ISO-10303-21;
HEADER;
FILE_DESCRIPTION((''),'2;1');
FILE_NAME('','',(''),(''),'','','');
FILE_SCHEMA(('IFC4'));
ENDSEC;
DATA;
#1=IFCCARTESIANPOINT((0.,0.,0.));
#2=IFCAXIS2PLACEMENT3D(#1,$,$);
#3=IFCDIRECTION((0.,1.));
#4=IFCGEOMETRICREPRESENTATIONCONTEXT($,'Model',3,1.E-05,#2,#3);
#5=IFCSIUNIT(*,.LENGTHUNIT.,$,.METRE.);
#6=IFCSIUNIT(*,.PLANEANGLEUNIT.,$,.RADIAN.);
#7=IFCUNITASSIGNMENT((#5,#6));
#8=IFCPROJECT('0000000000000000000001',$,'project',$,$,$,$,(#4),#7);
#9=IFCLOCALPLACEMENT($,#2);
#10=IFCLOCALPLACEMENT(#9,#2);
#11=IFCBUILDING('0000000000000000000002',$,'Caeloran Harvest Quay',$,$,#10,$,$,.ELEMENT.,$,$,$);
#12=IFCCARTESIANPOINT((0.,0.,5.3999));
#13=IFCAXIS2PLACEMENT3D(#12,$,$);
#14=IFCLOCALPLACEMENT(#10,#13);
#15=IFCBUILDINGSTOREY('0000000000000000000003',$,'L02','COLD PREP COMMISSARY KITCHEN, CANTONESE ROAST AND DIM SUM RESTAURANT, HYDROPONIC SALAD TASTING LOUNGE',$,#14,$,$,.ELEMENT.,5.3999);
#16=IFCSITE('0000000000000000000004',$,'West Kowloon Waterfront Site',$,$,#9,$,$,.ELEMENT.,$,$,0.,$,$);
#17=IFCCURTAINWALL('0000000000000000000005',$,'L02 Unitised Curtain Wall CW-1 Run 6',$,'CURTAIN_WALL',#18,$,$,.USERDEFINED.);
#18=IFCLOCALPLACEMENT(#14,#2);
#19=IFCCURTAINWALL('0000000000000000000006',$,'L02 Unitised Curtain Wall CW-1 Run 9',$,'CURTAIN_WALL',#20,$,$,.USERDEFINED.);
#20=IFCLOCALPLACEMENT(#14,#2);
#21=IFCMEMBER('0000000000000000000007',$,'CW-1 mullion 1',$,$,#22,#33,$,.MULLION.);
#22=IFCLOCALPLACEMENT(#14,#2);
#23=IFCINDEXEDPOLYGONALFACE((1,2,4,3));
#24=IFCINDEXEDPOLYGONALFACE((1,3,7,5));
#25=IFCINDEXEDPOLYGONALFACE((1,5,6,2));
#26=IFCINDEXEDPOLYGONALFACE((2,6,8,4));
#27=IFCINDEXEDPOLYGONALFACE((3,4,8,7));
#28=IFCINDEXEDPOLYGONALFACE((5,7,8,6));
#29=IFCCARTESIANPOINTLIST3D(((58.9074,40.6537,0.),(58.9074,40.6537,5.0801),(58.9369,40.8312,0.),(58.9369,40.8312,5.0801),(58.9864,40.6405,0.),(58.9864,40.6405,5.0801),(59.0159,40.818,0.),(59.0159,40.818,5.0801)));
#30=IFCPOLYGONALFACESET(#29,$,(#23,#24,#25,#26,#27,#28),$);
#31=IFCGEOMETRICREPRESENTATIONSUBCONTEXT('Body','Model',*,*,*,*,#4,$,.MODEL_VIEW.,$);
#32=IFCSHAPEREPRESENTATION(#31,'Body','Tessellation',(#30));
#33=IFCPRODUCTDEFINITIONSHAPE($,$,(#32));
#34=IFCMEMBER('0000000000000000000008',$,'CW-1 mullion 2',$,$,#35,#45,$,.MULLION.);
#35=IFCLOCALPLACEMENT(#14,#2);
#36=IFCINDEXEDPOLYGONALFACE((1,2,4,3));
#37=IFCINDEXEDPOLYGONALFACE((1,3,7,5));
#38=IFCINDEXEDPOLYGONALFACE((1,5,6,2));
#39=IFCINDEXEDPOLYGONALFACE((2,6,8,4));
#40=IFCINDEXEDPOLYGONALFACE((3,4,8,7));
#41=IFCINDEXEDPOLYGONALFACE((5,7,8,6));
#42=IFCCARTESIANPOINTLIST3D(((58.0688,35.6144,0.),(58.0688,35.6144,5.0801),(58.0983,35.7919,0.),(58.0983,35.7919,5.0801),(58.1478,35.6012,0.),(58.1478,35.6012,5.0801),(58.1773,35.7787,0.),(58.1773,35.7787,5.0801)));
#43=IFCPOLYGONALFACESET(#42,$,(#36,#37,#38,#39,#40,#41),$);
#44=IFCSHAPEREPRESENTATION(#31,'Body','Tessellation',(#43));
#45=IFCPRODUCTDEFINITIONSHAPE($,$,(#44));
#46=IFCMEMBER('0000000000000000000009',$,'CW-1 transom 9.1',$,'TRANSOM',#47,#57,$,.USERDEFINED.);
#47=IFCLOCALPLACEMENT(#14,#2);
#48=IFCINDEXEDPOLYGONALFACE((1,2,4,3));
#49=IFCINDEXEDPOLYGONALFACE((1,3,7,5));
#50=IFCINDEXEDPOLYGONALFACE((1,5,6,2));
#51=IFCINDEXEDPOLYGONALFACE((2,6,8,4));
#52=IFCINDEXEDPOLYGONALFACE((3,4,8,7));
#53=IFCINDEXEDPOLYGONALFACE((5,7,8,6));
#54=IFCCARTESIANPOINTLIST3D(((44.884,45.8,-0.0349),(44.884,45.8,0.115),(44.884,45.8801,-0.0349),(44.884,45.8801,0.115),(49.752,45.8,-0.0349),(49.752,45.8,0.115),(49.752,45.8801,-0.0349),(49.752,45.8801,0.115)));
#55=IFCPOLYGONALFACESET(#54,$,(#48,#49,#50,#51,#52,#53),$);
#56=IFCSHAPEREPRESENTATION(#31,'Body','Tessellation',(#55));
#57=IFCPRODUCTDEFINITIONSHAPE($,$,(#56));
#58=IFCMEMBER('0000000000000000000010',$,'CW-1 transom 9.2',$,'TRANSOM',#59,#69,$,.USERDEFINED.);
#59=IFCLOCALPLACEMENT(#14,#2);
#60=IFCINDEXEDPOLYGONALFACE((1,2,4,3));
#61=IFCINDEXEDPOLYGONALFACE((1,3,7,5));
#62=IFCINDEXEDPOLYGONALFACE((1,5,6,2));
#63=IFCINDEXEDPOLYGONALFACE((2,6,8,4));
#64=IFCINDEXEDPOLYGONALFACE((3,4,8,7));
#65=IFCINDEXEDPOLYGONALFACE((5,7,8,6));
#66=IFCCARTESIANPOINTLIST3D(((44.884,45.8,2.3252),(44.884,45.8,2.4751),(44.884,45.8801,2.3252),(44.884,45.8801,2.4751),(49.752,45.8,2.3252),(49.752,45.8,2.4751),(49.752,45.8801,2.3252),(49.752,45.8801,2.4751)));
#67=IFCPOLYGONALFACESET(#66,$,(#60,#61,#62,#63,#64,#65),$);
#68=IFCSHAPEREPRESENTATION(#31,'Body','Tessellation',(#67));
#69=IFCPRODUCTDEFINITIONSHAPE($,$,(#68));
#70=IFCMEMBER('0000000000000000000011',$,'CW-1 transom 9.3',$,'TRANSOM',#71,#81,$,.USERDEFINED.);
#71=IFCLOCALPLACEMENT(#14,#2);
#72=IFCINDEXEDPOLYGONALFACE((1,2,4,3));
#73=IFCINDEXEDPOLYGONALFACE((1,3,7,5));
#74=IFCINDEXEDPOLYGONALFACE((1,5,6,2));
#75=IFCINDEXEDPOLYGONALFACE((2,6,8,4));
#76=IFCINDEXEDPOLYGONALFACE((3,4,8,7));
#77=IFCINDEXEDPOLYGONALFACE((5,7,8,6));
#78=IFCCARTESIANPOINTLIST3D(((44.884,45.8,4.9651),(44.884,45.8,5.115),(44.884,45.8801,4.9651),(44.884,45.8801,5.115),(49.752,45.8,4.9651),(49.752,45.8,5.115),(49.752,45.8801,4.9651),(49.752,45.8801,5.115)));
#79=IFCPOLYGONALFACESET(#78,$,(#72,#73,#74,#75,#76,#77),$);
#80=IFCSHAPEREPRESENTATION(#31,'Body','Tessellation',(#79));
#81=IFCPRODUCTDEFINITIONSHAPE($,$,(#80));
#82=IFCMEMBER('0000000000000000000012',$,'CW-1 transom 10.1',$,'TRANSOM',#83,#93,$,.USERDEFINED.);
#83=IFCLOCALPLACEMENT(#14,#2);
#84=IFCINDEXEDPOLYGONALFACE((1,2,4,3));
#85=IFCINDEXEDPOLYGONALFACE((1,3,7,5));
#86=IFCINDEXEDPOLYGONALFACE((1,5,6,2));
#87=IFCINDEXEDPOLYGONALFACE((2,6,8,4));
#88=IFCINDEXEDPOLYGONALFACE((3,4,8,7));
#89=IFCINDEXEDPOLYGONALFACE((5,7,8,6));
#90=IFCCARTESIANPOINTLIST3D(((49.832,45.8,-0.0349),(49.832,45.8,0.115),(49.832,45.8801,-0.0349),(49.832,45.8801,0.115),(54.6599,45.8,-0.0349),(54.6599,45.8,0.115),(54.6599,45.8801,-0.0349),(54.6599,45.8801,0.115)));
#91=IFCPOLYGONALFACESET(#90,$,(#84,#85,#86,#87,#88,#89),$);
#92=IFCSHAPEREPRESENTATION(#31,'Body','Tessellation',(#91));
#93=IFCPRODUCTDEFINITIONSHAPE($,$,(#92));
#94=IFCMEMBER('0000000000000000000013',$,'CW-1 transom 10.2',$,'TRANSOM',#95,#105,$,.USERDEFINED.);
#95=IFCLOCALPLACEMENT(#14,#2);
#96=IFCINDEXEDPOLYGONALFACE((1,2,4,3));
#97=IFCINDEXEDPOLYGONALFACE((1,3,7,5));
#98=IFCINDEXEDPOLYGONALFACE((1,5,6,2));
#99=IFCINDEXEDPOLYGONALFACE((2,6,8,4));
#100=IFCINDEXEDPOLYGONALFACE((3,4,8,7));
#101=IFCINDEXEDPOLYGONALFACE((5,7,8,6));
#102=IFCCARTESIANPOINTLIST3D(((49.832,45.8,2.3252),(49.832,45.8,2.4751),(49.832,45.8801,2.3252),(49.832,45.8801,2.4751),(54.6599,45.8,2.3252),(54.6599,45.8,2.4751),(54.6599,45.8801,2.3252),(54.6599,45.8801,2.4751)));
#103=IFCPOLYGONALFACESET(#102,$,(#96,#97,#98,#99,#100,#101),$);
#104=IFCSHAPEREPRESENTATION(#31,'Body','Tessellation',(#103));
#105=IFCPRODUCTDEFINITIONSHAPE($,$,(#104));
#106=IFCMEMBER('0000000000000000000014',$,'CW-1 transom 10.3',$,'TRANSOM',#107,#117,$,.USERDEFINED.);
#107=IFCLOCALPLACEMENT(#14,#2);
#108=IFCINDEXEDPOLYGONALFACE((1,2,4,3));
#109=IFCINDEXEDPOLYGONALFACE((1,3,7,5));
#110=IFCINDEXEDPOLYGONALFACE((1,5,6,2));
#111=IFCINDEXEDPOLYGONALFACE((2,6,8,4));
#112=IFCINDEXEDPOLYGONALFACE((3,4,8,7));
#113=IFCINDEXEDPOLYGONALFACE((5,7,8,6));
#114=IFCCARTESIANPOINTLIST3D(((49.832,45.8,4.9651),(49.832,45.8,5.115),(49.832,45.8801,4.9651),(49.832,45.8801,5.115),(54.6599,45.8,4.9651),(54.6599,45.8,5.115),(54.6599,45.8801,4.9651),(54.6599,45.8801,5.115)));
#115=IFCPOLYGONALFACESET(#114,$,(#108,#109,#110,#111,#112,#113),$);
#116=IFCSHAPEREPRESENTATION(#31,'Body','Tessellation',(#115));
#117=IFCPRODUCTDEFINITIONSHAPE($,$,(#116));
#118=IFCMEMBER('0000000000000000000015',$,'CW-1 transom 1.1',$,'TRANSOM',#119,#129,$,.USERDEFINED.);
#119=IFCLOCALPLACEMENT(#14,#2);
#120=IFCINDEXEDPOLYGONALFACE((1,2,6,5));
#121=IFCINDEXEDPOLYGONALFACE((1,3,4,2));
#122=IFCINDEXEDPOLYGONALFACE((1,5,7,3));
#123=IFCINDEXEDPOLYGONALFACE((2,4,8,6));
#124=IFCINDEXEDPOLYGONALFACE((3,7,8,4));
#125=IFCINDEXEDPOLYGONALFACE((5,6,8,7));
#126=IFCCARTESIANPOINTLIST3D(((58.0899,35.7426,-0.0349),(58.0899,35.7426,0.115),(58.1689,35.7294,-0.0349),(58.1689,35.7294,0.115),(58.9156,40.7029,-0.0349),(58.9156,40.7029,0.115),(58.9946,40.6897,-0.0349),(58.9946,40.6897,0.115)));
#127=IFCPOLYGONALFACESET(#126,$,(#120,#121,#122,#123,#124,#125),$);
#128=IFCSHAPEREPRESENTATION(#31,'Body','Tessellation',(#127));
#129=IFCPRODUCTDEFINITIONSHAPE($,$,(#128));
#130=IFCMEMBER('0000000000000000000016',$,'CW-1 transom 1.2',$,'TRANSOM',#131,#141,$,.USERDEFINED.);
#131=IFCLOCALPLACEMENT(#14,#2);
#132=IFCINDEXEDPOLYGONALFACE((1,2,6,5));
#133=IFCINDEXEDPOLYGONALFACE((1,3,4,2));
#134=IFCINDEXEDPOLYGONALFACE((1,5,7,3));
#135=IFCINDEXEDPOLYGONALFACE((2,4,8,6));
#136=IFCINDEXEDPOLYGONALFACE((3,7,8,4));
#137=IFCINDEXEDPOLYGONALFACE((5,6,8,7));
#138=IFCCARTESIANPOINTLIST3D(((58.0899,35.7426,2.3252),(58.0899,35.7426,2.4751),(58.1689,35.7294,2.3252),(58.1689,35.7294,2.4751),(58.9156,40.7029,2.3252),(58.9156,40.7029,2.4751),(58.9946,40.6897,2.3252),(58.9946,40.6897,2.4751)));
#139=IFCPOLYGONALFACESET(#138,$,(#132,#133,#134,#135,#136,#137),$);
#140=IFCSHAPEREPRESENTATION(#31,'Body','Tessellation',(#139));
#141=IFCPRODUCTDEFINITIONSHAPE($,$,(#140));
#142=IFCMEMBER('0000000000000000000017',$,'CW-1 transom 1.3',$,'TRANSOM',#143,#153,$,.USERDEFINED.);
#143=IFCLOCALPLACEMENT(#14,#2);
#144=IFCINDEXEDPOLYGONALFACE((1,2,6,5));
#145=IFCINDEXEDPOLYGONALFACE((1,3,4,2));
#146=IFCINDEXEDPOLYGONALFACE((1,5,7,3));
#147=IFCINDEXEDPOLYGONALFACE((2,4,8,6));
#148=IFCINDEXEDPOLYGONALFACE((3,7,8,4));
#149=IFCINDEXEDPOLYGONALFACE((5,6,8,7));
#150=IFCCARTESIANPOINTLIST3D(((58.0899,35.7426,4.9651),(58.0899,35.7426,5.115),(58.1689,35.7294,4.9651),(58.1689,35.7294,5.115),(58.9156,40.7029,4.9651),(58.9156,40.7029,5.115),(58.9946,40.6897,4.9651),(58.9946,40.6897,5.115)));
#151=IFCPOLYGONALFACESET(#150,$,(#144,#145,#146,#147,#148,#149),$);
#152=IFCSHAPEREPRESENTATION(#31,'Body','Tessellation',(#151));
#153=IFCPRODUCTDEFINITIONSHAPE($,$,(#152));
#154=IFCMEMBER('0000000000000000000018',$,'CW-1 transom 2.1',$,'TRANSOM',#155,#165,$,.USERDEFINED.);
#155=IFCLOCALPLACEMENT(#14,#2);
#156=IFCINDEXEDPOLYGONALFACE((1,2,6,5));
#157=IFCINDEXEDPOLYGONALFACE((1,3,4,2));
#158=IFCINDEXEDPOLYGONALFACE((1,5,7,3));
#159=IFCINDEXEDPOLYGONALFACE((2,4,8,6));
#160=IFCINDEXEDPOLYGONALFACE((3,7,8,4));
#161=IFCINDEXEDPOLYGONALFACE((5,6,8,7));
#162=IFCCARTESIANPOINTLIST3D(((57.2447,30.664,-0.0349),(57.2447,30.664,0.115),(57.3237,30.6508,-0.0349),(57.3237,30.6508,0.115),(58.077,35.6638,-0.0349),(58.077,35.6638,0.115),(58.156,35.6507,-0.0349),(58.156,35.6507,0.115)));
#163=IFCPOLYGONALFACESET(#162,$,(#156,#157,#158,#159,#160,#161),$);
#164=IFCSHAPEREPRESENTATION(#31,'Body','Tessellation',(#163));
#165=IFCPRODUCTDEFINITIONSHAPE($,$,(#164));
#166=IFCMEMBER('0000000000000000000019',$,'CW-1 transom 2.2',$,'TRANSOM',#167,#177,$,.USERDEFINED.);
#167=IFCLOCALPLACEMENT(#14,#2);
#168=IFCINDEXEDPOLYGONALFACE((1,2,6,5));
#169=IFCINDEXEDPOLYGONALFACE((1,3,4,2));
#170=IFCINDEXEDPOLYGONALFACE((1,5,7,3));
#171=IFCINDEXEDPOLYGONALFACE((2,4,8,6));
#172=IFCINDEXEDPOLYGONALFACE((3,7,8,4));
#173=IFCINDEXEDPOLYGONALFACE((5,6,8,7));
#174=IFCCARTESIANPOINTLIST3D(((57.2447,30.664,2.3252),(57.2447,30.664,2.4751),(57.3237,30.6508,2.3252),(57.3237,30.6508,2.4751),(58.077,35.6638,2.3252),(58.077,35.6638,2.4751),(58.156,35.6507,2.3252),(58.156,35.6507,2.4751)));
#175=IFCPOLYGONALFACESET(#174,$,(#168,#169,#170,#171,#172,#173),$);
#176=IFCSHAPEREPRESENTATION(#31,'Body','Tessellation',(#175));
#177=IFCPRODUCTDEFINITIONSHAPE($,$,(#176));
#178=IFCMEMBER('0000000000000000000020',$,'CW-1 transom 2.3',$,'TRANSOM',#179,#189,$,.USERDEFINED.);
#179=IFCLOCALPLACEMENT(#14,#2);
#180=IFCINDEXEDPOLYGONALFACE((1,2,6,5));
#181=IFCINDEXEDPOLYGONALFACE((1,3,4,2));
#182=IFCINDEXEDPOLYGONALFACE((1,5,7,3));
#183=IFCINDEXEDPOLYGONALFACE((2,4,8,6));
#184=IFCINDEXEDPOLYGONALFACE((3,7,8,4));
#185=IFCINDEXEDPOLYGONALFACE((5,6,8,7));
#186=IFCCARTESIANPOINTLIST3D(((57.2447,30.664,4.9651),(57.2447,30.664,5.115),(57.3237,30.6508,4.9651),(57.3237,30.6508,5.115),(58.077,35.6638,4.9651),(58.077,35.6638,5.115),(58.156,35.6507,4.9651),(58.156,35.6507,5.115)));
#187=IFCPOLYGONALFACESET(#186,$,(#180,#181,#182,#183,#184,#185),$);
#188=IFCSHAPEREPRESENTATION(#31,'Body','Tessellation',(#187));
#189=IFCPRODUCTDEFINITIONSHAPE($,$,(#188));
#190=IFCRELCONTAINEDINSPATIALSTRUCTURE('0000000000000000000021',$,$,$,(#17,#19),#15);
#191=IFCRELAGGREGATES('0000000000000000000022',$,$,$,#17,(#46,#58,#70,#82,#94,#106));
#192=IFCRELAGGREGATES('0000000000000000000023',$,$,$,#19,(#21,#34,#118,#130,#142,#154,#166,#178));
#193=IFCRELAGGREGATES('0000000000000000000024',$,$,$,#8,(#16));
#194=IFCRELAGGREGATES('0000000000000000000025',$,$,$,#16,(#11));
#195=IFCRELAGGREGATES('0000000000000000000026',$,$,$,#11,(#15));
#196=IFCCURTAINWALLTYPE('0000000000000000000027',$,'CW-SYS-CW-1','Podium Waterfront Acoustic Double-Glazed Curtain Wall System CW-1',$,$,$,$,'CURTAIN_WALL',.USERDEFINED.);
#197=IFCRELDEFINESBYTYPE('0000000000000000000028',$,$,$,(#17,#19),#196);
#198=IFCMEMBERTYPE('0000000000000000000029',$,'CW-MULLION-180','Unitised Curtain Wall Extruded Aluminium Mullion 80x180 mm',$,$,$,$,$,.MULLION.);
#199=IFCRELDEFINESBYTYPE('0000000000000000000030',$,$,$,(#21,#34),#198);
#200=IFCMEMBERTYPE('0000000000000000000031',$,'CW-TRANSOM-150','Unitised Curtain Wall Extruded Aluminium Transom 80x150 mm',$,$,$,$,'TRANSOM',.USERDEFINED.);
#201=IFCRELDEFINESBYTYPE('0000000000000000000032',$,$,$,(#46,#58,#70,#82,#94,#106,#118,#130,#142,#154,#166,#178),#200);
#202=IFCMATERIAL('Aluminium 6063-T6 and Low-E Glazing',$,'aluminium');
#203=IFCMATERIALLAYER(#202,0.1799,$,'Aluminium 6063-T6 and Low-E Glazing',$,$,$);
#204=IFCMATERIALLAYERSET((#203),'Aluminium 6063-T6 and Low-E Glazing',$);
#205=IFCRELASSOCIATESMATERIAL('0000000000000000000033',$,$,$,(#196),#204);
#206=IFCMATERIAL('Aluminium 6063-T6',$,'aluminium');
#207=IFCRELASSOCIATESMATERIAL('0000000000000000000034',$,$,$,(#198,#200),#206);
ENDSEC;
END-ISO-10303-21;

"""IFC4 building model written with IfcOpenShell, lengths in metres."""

from ifc_helpers import new_model, si_unit, direction, frame, origin, origin_2d, place, context, subcontext, project, spatial, rectangle, extrude, material, layer, layer_set, material_profile, profile_set, type_object, element, aggregate, save


model = new_model("IFC4")

# Units and contexts
model_context = context("Model", 3, precision=1e-05, world=origin(), true_north=direction((0.0, 1.0)))
body_context = subcontext(model_context, "Body", "Model", "MODEL_VIEW")
ifc_project = project(units=[si_unit("LENGTHUNIT", "METRE"), si_unit("PLANEANGLEUNIT", "RADIAN")], contexts=[model_context])

# Site, building, storey
site_placement = place(None, origin())
site = spatial("IfcSite", under=ifc_project, at=site_placement, Name="West Kowloon Waterfront Site", CompositionType="ELEMENT", RefElevation=0.0)
building_placement = place(site_placement, origin())
building = spatial("IfcBuilding", under=site, at=building_placement, Name="Caeloran Harvest Quay", CompositionType="ELEMENT")
storey_placement = place(building_placement, frame((0.0, 0.0, 5.3999)))
storey = spatial("IfcBuildingStorey", under=building, at=storey_placement, Name="L02", Description="COLD PREP COMMISSARY KITCHEN, CANTONESE ROAST AND DIM SUM RESTAURANT, HYDROPONIC SALAD TASTING LOUNGE", CompositionType="ELEMENT", Elevation=5.3999)

# Curtain walls, members
ifc_material_1 = material(Name="Aluminium 6063-T6 and Low-E Glazing", Category="aluminium")
ifc_layer_1 = layer(ifc_material_1, 0.1799, Name="Aluminium 6063-T6 and Low-E Glazing")
ifc_layer_set_1 = layer_set([ifc_layer_1], Name="Aluminium 6063-T6 and Low-E Glazing")
curtain_wall_type = type_object("IfcCurtainWallType", Name="CW-SYS-CW-1", Description="Podium Waterfront Acoustic Double-Glazed Curtain Wall System CW-1", ElementType="CURTAIN_WALL", PredefinedType="USERDEFINED", material=ifc_layer_set_1)
curtain_wall_1_placement = place(storey_placement, origin())
curtain_wall_1 = element("IfcCurtainWall", 1, at=curtain_wall_1_placement, inside=storey, type_object=curtain_wall_type, Name="L02 Unitised Curtain Wall CW-1 Run 6", ObjectType="CURTAIN_WALL", PredefinedType="USERDEFINED")
ifc_material_2 = material(Name="Aluminium 6063-T6", Category="aluminium")
ifc_material_profile_1 = material_profile(ifc_material_2, rectangle(XDim=0.0801, YDim=0.1799, at=origin_2d()), Name="CW-MULLION-180")
ifc_profile_set_1 = profile_set([ifc_material_profile_1], Name="Aluminium 6063-T6")
member_type_1 = type_object("IfcMemberType", Name="CW-MULLION-180", Description="Unitised Curtain Wall Extruded Aluminium Mullion 80x180 mm", PredefinedType="MULLION", material=ifc_profile_set_1)
curtain_wall_2_placement = place(storey_placement, origin())
curtain_wall_2 = element("IfcCurtainWall", 2, at=curtain_wall_2_placement, inside=storey, type_object=curtain_wall_type, Name="L02 Unitised Curtain Wall CW-1 Run 9", ObjectType="CURTAIN_WALL", PredefinedType="USERDEFINED")
member_1_placement = place(storey_placement, frame((58.9617, 40.7358, 0.0), z_axis=(0.0, 0.0, 1.0), x_axis=(0.986431, -0.164175, 0.0)))
member_1 = element("IfcMember", 3, at=member_1_placement, type_object=member_type_1, Name="CW-1 mullion 1", PredefinedType="MULLION", context=body_context, shape_type="SweptSolid", body=[
    extrude(rectangle(XDim=0.0801, YDim=0.1799, at=origin_2d()), origin(), (0.0, 0.0, 1.0), 5.0801),
])
member_2_placement = place(storey_placement, frame((58.123, 35.6965, 0.0), z_axis=(0.0, 0.0, 1.0), x_axis=(0.986431, -0.164175, 0.0)))
member_2 = element("IfcMember", 4, at=member_2_placement, type_object=member_type_1, Name="CW-1 mullion 2", PredefinedType="MULLION", context=body_context, shape_type="SweptSolid", body=[
    extrude(rectangle(XDim=0.0801, YDim=0.1799, at=origin_2d()), origin(), (0.0, 0.0, 1.0), 5.0801),
])

# Members
ifc_material_profile_2 = material_profile(ifc_material_2, rectangle(XDim=0.0801, YDim=0.1499, at=origin_2d()), Name="CW-TRANSOM-150")
ifc_profile_set_2 = profile_set([ifc_material_profile_2], Name="Aluminium 6063-T6")
member_type_2 = type_object("IfcMemberType", Name="CW-TRANSOM-150", Description="Unitised Curtain Wall Extruded Aluminium Transom 80x150 mm", ElementType="TRANSOM", PredefinedType="USERDEFINED", material=ifc_profile_set_2)
member_3_placement = place(storey_placement, frame((44.884, 45.8401, 0.04), z_axis=(1.0, 0.0, 0.0), x_axis=(0.0, 1.0, 0.0)))
member_3 = element("IfcMember", 5, at=member_3_placement, type_object=member_type_2, Name="CW-1 transom 9.1", ObjectType="TRANSOM", PredefinedType="USERDEFINED", context=body_context, shape_type="SweptSolid", body=[
    extrude(rectangle(XDim=0.0801, YDim=0.1499, at=origin_2d()), origin(), (0.0, 0.0, 1.0), 4.8679),
])
member_4_placement = place(storey_placement, frame((44.884, 45.8401, 2.4001), z_axis=(1.0, 0.0, 0.0), x_axis=(0.0, 1.0, 0.0)))
member_4 = element("IfcMember", 6, at=member_4_placement, type_object=member_type_2, Name="CW-1 transom 9.2", ObjectType="TRANSOM", PredefinedType="USERDEFINED", context=body_context, shape_type="SweptSolid", body=[
    extrude(rectangle(XDim=0.0801, YDim=0.1499, at=origin_2d()), origin(), (0.0, 0.0, 1.0), 4.8679),
])
member_5_placement = place(storey_placement, frame((44.884, 45.8401, 5.04), z_axis=(1.0, 0.0, 0.0), x_axis=(0.0, 1.0, 0.0)))
member_5 = element("IfcMember", 7, at=member_5_placement, type_object=member_type_2, Name="CW-1 transom 9.3", ObjectType="TRANSOM", PredefinedType="USERDEFINED", context=body_context, shape_type="SweptSolid", body=[
    extrude(rectangle(XDim=0.0801, YDim=0.1499, at=origin_2d()), origin(), (0.0, 0.0, 1.0), 4.8679),
])
member_6_placement = place(storey_placement, frame((49.832, 45.8401, 0.04), z_axis=(1.0, 0.0, 0.0), x_axis=(0.0, 1.0, 0.0)))
member_6 = element("IfcMember", 8, at=member_6_placement, type_object=member_type_2, Name="CW-1 transom 10.1", ObjectType="TRANSOM", PredefinedType="USERDEFINED", context=body_context, shape_type="SweptSolid", body=[
    extrude(rectangle(XDim=0.0801, YDim=0.1499, at=origin_2d()), origin(), (0.0, 0.0, 1.0), 4.8279),
])
member_7_placement = place(storey_placement, frame((49.832, 45.8401, 2.4001), z_axis=(1.0, 0.0, 0.0), x_axis=(0.0, 1.0, 0.0)))
member_7 = element("IfcMember", 9, at=member_7_placement, type_object=member_type_2, Name="CW-1 transom 10.2", ObjectType="TRANSOM", PredefinedType="USERDEFINED", context=body_context, shape_type="SweptSolid", body=[
    extrude(rectangle(XDim=0.0801, YDim=0.1499, at=origin_2d()), origin(), (0.0, 0.0, 1.0), 4.8279),
])
member_8_placement = place(storey_placement, frame((49.832, 45.8401, 5.04), z_axis=(1.0, 0.0, 0.0), x_axis=(0.0, 1.0, 0.0)))
member_8 = element("IfcMember", 10, at=member_8_placement, type_object=member_type_2, Name="CW-1 transom 10.3", ObjectType="TRANSOM", PredefinedType="USERDEFINED", context=body_context, shape_type="SweptSolid", body=[
    extrude(rectangle(XDim=0.0801, YDim=0.1499, at=origin_2d()), origin(), (0.0, 0.0, 1.0), 4.8279),
])
member_9_placement = place(storey_placement, frame((58.9551, 40.6963, 0.04), z_axis=(-0.164202, -0.986427, 0.0), x_axis=(0.986427, -0.164202, 0.0)))
member_9 = element("IfcMember", 11, at=member_9_placement, type_object=member_type_2, Name="CW-1 transom 1.1", ObjectType="TRANSOM", PredefinedType="USERDEFINED", context=body_context, shape_type="SweptSolid", body=[
    extrude(rectangle(XDim=0.0801, YDim=0.1499, at=origin_2d()), origin(), (0.0, 0.0, 1.0), 5.0286),
])
member_10_placement = place(storey_placement, frame((58.9551, 40.6963, 2.4001), z_axis=(-0.164202, -0.986427, 0.0), x_axis=(0.986427, -0.164202, 0.0)))
member_10 = element("IfcMember", 12, at=member_10_placement, type_object=member_type_2, Name="CW-1 transom 1.2", ObjectType="TRANSOM", PredefinedType="USERDEFINED", context=body_context, shape_type="SweptSolid", body=[
    extrude(rectangle(XDim=0.0801, YDim=0.1499, at=origin_2d()), origin(), (0.0, 0.0, 1.0), 5.0286),
])
member_11_placement = place(storey_placement, frame((58.9551, 40.6963, 5.04), z_axis=(-0.164202, -0.986427, 0.0), x_axis=(0.986427, -0.164202, 0.0)))
member_11 = element("IfcMember", 13, at=member_11_placement, type_object=member_type_2, Name="CW-1 transom 1.3", ObjectType="TRANSOM", PredefinedType="USERDEFINED", context=body_context, shape_type="SweptSolid", body=[
    extrude(rectangle(XDim=0.0801, YDim=0.1499, at=origin_2d()), origin(), (0.0, 0.0, 1.0), 5.0286),
])
member_12_placement = place(storey_placement, frame((58.1165, 35.6572, 0.04), z_axis=(-0.164204, -0.986426, 0.0), x_axis=(0.986426, -0.164204, 0.0)))
member_12 = element("IfcMember", 14, at=member_12_placement, type_object=member_type_2, Name="CW-1 transom 2.1", ObjectType="TRANSOM", PredefinedType="USERDEFINED", context=body_context, shape_type="SweptSolid", body=[
    extrude(rectangle(XDim=0.0801, YDim=0.1499, at=origin_2d()), origin(), (0.0, 0.0, 1.0), 5.0686),
])
member_13_placement = place(storey_placement, frame((58.1165, 35.6572, 2.4001), z_axis=(-0.164204, -0.986426, 0.0), x_axis=(0.986426, -0.164204, 0.0)))
member_13 = element("IfcMember", 15, at=member_13_placement, type_object=member_type_2, Name="CW-1 transom 2.2", ObjectType="TRANSOM", PredefinedType="USERDEFINED", context=body_context, shape_type="SweptSolid", body=[
    extrude(rectangle(XDim=0.0801, YDim=0.1499, at=origin_2d()), origin(), (0.0, 0.0, 1.0), 5.0686),
])
member_14_placement = place(storey_placement, frame((58.1165, 35.6572, 5.04), z_axis=(-0.164204, -0.986426, 0.0), x_axis=(0.986426, -0.164204, 0.0)))
member_14 = element("IfcMember", 16, at=member_14_placement, type_object=member_type_2, Name="CW-1 transom 2.3", ObjectType="TRANSOM", PredefinedType="USERDEFINED", context=body_context, shape_type="SweptSolid", body=[
    extrude(rectangle(XDim=0.0801, YDim=0.1499, at=origin_2d()), origin(), (0.0, 0.0, 1.0), 5.0686),
])

aggregate(curtain_wall_1, [member_3, member_4, member_5, member_6, member_7, member_8])
aggregate(curtain_wall_2, [member_1, member_2, member_9, member_10, member_11, member_12, member_13, member_14])

save(model, "model.ifc")
